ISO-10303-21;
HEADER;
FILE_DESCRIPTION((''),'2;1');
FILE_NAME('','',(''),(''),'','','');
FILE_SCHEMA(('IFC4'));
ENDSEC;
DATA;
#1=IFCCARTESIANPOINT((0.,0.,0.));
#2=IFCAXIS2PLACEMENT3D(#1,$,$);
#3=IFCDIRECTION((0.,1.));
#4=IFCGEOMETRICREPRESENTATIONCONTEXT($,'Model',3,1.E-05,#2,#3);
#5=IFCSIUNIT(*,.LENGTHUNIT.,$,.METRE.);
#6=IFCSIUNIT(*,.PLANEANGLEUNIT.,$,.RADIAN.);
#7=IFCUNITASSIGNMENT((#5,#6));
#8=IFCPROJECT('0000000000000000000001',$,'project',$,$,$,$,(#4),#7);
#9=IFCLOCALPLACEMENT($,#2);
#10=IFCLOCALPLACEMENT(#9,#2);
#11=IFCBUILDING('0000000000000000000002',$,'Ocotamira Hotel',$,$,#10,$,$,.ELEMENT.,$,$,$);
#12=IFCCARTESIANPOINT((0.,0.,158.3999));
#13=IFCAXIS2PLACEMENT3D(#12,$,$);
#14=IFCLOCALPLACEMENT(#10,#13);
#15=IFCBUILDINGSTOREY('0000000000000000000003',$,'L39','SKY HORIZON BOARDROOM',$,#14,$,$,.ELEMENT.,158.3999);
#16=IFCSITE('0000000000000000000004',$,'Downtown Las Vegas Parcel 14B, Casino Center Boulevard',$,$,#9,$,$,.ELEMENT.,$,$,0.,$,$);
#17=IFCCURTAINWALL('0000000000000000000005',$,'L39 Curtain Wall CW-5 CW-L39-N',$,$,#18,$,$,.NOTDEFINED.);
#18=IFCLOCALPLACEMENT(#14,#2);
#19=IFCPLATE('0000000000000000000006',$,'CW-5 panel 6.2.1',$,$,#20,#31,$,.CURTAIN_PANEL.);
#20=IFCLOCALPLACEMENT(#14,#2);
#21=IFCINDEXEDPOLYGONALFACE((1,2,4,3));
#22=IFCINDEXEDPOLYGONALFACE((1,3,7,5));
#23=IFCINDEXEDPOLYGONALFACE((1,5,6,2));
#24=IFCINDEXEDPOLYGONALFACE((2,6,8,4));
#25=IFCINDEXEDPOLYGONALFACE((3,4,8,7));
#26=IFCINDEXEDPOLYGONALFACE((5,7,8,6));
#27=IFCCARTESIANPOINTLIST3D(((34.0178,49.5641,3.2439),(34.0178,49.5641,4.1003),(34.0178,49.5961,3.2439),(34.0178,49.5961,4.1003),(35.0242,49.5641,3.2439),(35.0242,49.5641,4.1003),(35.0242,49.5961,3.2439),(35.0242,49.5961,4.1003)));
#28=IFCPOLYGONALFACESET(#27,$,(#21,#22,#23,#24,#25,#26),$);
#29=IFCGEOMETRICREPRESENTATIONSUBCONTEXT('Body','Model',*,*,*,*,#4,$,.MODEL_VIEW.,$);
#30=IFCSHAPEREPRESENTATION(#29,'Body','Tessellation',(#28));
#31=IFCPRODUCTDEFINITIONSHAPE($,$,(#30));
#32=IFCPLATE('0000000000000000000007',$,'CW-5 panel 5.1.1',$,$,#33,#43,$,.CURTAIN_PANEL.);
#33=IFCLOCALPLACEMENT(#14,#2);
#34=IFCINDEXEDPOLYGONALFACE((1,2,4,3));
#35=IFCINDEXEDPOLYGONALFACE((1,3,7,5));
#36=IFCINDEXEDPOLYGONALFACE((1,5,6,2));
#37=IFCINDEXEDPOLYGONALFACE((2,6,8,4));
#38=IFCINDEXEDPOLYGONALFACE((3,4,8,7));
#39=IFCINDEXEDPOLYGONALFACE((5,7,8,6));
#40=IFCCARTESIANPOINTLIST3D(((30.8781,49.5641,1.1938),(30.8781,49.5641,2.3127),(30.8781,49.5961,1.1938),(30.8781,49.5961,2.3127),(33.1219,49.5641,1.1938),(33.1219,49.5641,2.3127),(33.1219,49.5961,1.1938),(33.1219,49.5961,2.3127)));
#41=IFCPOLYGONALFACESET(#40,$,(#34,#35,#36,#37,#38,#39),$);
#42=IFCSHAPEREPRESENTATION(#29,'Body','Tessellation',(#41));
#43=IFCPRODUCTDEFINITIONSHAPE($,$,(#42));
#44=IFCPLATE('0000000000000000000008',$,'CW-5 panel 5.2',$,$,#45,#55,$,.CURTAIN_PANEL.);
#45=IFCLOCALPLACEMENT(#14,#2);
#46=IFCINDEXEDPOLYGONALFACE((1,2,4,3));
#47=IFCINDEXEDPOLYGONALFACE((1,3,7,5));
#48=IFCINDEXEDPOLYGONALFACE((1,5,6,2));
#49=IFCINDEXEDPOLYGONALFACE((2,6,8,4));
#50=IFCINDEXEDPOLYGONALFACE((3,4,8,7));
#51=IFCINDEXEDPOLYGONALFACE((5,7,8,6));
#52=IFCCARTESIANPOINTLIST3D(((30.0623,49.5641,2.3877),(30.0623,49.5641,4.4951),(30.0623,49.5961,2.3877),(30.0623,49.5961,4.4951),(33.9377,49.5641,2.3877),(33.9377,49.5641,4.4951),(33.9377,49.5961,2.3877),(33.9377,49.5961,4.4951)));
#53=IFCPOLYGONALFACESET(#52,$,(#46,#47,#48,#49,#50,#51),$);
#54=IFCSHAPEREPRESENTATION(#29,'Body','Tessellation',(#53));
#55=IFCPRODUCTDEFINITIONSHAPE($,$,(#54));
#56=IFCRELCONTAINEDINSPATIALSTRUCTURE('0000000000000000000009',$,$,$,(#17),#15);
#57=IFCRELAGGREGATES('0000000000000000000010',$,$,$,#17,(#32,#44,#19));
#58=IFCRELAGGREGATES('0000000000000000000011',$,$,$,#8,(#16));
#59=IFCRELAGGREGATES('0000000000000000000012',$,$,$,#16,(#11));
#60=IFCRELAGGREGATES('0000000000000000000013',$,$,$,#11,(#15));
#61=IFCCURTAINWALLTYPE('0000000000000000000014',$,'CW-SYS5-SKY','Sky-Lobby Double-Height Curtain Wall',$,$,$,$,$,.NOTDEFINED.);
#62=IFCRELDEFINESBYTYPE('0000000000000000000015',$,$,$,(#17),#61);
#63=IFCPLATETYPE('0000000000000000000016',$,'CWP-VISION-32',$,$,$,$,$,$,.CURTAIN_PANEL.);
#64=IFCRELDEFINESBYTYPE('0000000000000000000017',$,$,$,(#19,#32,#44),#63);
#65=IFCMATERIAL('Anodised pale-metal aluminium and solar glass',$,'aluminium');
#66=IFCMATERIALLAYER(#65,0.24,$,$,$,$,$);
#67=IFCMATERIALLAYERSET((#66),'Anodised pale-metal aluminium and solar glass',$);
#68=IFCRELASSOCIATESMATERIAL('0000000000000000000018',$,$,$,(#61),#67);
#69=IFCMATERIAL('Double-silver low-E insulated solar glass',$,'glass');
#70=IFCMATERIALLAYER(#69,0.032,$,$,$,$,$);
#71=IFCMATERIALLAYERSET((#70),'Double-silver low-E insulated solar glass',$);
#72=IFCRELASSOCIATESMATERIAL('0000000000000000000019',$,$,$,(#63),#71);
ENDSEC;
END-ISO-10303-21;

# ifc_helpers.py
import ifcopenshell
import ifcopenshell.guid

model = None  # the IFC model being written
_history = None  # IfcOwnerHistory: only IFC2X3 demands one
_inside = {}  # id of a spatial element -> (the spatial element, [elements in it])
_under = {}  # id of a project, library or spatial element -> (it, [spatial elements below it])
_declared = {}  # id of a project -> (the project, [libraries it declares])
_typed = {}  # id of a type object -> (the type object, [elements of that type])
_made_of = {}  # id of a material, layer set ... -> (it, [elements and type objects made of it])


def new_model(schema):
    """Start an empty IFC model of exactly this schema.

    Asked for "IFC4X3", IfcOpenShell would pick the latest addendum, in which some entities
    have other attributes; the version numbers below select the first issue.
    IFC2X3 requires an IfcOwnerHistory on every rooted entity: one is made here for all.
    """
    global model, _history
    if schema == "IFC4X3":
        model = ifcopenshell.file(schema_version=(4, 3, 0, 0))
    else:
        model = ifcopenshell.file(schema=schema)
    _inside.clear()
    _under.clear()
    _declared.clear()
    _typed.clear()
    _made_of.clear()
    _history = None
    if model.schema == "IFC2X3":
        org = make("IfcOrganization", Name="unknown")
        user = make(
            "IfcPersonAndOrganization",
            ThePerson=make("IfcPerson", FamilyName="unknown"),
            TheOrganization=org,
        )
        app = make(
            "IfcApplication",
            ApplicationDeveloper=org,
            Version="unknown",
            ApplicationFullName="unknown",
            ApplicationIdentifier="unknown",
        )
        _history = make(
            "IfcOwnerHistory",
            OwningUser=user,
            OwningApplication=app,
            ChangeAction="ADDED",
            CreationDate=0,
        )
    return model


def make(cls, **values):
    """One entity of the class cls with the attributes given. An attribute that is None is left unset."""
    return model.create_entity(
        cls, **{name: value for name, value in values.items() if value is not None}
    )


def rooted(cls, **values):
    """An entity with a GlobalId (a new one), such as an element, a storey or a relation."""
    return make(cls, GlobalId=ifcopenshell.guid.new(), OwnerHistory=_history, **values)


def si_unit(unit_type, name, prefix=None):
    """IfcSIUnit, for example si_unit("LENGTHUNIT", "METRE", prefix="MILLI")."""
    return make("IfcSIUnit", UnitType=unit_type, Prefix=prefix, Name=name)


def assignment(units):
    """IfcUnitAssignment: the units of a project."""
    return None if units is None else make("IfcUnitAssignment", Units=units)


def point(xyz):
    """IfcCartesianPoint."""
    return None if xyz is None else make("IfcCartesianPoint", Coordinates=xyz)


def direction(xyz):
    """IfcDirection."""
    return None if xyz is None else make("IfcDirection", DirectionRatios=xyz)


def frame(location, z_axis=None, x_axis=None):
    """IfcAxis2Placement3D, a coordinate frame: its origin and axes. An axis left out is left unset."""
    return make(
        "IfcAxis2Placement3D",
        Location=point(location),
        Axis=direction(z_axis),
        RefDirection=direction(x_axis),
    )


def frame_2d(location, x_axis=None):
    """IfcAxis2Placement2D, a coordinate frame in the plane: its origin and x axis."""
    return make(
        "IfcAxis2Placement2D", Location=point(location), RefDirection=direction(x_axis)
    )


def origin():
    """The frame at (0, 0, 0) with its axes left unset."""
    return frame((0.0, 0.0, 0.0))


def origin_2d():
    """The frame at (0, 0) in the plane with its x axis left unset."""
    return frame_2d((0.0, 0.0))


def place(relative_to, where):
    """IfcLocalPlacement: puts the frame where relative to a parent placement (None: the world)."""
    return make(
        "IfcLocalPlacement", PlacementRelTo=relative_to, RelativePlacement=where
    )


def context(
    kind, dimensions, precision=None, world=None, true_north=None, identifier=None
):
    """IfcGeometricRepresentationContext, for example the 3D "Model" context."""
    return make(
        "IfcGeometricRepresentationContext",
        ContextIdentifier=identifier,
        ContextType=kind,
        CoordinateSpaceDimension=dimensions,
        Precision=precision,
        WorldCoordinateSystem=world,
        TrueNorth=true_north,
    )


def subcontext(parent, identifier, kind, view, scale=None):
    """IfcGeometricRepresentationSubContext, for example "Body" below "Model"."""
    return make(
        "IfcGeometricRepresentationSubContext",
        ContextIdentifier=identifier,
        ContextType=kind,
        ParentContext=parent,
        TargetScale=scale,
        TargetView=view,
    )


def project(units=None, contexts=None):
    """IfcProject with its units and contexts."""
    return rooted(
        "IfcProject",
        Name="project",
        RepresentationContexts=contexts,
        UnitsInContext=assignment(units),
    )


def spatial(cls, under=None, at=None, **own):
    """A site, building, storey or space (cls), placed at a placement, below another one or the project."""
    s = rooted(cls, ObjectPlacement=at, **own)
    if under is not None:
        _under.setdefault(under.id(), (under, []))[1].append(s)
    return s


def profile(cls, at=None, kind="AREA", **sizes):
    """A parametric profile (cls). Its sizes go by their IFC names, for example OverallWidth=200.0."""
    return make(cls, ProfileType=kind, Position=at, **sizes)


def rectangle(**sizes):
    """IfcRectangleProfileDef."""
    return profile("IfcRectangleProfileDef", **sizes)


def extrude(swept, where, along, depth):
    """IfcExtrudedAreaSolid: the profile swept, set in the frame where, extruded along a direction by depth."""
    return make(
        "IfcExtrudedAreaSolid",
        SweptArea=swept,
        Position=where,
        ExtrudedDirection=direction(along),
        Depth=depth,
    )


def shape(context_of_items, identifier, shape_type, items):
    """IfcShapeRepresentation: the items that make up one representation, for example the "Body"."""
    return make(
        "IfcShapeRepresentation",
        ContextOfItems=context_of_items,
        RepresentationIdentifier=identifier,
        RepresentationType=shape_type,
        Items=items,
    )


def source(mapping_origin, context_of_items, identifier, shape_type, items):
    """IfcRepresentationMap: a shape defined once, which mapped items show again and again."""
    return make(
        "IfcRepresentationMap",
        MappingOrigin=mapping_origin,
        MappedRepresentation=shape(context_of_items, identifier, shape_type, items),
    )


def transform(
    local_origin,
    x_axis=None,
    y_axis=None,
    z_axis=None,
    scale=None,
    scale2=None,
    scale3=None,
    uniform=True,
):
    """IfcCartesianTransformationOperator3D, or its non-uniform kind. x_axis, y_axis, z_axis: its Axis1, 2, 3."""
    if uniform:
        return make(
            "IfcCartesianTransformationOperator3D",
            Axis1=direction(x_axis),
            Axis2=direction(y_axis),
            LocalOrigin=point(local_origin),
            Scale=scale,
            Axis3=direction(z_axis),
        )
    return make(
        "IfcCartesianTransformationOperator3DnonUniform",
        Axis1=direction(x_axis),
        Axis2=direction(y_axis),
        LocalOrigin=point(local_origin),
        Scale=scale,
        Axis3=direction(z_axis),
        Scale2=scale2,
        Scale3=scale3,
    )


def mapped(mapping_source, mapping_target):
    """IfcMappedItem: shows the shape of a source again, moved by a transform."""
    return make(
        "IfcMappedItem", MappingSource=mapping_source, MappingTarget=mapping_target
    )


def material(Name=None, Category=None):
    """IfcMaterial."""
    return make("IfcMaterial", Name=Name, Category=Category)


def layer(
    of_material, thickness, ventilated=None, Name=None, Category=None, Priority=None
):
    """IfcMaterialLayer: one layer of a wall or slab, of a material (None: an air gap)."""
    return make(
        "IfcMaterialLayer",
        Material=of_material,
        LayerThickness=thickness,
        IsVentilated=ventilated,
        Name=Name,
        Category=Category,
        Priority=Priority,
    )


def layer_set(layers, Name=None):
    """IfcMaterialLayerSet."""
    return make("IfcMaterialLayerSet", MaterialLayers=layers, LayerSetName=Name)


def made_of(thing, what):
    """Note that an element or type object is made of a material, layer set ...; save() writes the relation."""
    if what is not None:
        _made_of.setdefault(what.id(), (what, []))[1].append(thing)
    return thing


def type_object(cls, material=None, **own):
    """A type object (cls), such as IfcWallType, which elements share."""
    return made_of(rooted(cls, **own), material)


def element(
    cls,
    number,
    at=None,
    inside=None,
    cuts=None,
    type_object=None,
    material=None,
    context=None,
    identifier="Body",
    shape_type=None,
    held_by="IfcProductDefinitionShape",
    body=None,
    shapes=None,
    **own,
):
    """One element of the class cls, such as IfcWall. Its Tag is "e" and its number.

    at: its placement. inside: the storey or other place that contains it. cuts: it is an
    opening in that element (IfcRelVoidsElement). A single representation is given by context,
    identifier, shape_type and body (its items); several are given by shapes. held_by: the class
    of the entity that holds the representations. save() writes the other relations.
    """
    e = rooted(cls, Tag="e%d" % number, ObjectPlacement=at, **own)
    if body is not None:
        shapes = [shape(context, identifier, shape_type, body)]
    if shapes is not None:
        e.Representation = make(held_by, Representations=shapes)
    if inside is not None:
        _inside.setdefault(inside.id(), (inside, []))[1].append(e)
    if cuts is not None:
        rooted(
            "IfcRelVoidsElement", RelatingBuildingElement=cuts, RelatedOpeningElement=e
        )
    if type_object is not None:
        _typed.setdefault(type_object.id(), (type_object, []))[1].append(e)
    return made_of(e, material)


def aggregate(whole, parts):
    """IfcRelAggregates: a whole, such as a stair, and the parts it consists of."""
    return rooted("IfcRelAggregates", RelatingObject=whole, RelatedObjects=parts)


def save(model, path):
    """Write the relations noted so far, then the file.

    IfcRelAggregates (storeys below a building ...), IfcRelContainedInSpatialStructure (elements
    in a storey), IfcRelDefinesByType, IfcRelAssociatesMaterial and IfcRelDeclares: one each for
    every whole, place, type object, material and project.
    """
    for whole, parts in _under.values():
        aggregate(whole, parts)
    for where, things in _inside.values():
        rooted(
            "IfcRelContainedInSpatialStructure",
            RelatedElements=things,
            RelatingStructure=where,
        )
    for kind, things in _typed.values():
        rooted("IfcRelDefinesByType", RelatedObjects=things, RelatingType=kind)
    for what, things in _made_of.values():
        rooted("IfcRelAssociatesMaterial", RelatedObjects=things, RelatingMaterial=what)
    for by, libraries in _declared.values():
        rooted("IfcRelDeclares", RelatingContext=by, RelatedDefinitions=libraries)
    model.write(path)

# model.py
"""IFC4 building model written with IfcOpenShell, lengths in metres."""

from ifc_helpers import new_model, si_unit, direction, frame, origin, origin_2d, place, context, subcontext, project, spatial, rectangle, extrude, source, transform, mapped, material, layer, layer_set, type_object, element, aggregate, save


model = new_model("IFC4")

# Units and contexts
model_context = context("Model", 3, precision=1e-05, world=origin(), true_north=direction((0.0, 1.0)))
body_context = subcontext(model_context, "Body", "Model", "MODEL_VIEW")
ifc_project = project(units=[si_unit("LENGTHUNIT", "METRE"), si_unit("PLANEANGLEUNIT", "RADIAN")], contexts=[model_context])

# Site, building, storey
site_placement = place(None, origin())
site = spatial("IfcSite", under=ifc_project, at=site_placement, Name="Downtown Las Vegas Parcel 14B, Casino Center Boulevard", CompositionType="ELEMENT", RefElevation=0.0)
building_placement = place(site_placement, origin())
building = spatial("IfcBuilding", under=site, at=building_placement, Name="Ocotamira Hotel", CompositionType="ELEMENT")
storey_placement = place(building_placement, frame((0.0, 0.0, 158.3999)))
storey = spatial("IfcBuildingStorey", under=building, at=storey_placement, Name="L39", Description="SKY HORIZON BOARDROOM", CompositionType="ELEMENT", Elevation=158.3999)

# Curtain wall
ifc_material_1 = material(Name="Anodised pale-metal aluminium and solar glass", Category="aluminium")
ifc_layer_1 = layer(ifc_material_1, 0.24)
ifc_layer_set_1 = layer_set([ifc_layer_1], Name="Anodised pale-metal aluminium and solar glass")
curtain_wall_type = type_object("IfcCurtainWallType", Name="CW-SYS5-SKY", Description="Sky-Lobby Double-Height Curtain Wall", PredefinedType="NOTDEFINED", material=ifc_layer_set_1)
curtain_wall_placement = place(storey_placement, origin())
curtain_wall = element("IfcCurtainWall", 1, at=curtain_wall_placement, inside=storey, type_object=curtain_wall_type, Name="L39 Curtain Wall CW-5 CW-L39-N", PredefinedType="NOTDEFINED")

# Plates
ifc_material_2 = material(Name="Double-silver low-E insulated solar glass", Category="glass")
ifc_layer_2 = layer(ifc_material_2, 0.032)
ifc_layer_set_2 = layer_set([ifc_layer_2], Name="Double-silver low-E insulated solar glass")
plate_type_1 = type_object("IfcPlateType", Name="CWP-VISION-32", PredefinedType="CURTAIN_PANEL", material=ifc_layer_set_2)
shared_shape_1 = source(origin(), body_context, "Body", "SweptSolid", [
    extrude(rectangle(XDim=1.0063, YDim=0.032, at=origin_2d()), origin(), (0.0, 0.0, 1.0), 0.8564),
])
plate_1_placement = place(storey_placement, frame((34.521, 49.5801, 3.2439), z_axis=(0.0, 0.0, 1.0), x_axis=(1.0, 0.0, 0.0)))
plate_1 = element("IfcPlate", 2, at=plate_1_placement, type_object=plate_type_1, Name="CW-5 panel 6.2.1", PredefinedType="CURTAIN_PANEL", context=body_context, shape_type="MappedRepresentation", body=[
    mapped(shared_shape_1, transform((0.0, 0.0, 0.0), scale=1.0)),
])
shared_shape_2 = source(origin(), body_context, "Body", "SweptSolid", [
    extrude(rectangle(XDim=2.2439, YDim=0.032, at=origin_2d()), origin(), (0.0, 0.0, 1.0), 1.1189),
])
plate_2_placement = place(storey_placement, frame((32.0, 49.5801, 1.1938), z_axis=(0.0, 0.0, 1.0), x_axis=(1.0, 0.0, 0.0)))
plate_2 = element("IfcPlate", 3, at=plate_2_placement, type_object=plate_type_1, Name="CW-5 panel 5.1.1", PredefinedType="CURTAIN_PANEL", context=body_context, shape_type="MappedRepresentation", body=[
    mapped(shared_shape_2, transform((0.0, 0.0, 0.0), scale=1.0)),
])
shared_shape_3 = source(origin(), body_context, "Body", "SweptSolid", [
    extrude(rectangle(XDim=3.8755, YDim=0.032, at=origin_2d()), origin(), (0.0, 0.0, 1.0), 2.1074),
])
plate_3_placement = place(storey_placement, frame((32.0, 49.5801, 2.3877), z_axis=(0.0, 0.0, 1.0), x_axis=(1.0, 0.0, 0.0)))
plate_3 = element("IfcPlate", 4, at=plate_3_placement, type_object=plate_type_1, Name="CW-5 panel 5.2", PredefinedType="CURTAIN_PANEL", context=body_context, shape_type="MappedRepresentation", body=[
    mapped(shared_shape_3, transform((0.0, 0.0, 0.0), scale=1.0)),
])
aggregate(curtain_wall, [plate_2, plate_3, plate_1])

save(model, "model.ifc")
